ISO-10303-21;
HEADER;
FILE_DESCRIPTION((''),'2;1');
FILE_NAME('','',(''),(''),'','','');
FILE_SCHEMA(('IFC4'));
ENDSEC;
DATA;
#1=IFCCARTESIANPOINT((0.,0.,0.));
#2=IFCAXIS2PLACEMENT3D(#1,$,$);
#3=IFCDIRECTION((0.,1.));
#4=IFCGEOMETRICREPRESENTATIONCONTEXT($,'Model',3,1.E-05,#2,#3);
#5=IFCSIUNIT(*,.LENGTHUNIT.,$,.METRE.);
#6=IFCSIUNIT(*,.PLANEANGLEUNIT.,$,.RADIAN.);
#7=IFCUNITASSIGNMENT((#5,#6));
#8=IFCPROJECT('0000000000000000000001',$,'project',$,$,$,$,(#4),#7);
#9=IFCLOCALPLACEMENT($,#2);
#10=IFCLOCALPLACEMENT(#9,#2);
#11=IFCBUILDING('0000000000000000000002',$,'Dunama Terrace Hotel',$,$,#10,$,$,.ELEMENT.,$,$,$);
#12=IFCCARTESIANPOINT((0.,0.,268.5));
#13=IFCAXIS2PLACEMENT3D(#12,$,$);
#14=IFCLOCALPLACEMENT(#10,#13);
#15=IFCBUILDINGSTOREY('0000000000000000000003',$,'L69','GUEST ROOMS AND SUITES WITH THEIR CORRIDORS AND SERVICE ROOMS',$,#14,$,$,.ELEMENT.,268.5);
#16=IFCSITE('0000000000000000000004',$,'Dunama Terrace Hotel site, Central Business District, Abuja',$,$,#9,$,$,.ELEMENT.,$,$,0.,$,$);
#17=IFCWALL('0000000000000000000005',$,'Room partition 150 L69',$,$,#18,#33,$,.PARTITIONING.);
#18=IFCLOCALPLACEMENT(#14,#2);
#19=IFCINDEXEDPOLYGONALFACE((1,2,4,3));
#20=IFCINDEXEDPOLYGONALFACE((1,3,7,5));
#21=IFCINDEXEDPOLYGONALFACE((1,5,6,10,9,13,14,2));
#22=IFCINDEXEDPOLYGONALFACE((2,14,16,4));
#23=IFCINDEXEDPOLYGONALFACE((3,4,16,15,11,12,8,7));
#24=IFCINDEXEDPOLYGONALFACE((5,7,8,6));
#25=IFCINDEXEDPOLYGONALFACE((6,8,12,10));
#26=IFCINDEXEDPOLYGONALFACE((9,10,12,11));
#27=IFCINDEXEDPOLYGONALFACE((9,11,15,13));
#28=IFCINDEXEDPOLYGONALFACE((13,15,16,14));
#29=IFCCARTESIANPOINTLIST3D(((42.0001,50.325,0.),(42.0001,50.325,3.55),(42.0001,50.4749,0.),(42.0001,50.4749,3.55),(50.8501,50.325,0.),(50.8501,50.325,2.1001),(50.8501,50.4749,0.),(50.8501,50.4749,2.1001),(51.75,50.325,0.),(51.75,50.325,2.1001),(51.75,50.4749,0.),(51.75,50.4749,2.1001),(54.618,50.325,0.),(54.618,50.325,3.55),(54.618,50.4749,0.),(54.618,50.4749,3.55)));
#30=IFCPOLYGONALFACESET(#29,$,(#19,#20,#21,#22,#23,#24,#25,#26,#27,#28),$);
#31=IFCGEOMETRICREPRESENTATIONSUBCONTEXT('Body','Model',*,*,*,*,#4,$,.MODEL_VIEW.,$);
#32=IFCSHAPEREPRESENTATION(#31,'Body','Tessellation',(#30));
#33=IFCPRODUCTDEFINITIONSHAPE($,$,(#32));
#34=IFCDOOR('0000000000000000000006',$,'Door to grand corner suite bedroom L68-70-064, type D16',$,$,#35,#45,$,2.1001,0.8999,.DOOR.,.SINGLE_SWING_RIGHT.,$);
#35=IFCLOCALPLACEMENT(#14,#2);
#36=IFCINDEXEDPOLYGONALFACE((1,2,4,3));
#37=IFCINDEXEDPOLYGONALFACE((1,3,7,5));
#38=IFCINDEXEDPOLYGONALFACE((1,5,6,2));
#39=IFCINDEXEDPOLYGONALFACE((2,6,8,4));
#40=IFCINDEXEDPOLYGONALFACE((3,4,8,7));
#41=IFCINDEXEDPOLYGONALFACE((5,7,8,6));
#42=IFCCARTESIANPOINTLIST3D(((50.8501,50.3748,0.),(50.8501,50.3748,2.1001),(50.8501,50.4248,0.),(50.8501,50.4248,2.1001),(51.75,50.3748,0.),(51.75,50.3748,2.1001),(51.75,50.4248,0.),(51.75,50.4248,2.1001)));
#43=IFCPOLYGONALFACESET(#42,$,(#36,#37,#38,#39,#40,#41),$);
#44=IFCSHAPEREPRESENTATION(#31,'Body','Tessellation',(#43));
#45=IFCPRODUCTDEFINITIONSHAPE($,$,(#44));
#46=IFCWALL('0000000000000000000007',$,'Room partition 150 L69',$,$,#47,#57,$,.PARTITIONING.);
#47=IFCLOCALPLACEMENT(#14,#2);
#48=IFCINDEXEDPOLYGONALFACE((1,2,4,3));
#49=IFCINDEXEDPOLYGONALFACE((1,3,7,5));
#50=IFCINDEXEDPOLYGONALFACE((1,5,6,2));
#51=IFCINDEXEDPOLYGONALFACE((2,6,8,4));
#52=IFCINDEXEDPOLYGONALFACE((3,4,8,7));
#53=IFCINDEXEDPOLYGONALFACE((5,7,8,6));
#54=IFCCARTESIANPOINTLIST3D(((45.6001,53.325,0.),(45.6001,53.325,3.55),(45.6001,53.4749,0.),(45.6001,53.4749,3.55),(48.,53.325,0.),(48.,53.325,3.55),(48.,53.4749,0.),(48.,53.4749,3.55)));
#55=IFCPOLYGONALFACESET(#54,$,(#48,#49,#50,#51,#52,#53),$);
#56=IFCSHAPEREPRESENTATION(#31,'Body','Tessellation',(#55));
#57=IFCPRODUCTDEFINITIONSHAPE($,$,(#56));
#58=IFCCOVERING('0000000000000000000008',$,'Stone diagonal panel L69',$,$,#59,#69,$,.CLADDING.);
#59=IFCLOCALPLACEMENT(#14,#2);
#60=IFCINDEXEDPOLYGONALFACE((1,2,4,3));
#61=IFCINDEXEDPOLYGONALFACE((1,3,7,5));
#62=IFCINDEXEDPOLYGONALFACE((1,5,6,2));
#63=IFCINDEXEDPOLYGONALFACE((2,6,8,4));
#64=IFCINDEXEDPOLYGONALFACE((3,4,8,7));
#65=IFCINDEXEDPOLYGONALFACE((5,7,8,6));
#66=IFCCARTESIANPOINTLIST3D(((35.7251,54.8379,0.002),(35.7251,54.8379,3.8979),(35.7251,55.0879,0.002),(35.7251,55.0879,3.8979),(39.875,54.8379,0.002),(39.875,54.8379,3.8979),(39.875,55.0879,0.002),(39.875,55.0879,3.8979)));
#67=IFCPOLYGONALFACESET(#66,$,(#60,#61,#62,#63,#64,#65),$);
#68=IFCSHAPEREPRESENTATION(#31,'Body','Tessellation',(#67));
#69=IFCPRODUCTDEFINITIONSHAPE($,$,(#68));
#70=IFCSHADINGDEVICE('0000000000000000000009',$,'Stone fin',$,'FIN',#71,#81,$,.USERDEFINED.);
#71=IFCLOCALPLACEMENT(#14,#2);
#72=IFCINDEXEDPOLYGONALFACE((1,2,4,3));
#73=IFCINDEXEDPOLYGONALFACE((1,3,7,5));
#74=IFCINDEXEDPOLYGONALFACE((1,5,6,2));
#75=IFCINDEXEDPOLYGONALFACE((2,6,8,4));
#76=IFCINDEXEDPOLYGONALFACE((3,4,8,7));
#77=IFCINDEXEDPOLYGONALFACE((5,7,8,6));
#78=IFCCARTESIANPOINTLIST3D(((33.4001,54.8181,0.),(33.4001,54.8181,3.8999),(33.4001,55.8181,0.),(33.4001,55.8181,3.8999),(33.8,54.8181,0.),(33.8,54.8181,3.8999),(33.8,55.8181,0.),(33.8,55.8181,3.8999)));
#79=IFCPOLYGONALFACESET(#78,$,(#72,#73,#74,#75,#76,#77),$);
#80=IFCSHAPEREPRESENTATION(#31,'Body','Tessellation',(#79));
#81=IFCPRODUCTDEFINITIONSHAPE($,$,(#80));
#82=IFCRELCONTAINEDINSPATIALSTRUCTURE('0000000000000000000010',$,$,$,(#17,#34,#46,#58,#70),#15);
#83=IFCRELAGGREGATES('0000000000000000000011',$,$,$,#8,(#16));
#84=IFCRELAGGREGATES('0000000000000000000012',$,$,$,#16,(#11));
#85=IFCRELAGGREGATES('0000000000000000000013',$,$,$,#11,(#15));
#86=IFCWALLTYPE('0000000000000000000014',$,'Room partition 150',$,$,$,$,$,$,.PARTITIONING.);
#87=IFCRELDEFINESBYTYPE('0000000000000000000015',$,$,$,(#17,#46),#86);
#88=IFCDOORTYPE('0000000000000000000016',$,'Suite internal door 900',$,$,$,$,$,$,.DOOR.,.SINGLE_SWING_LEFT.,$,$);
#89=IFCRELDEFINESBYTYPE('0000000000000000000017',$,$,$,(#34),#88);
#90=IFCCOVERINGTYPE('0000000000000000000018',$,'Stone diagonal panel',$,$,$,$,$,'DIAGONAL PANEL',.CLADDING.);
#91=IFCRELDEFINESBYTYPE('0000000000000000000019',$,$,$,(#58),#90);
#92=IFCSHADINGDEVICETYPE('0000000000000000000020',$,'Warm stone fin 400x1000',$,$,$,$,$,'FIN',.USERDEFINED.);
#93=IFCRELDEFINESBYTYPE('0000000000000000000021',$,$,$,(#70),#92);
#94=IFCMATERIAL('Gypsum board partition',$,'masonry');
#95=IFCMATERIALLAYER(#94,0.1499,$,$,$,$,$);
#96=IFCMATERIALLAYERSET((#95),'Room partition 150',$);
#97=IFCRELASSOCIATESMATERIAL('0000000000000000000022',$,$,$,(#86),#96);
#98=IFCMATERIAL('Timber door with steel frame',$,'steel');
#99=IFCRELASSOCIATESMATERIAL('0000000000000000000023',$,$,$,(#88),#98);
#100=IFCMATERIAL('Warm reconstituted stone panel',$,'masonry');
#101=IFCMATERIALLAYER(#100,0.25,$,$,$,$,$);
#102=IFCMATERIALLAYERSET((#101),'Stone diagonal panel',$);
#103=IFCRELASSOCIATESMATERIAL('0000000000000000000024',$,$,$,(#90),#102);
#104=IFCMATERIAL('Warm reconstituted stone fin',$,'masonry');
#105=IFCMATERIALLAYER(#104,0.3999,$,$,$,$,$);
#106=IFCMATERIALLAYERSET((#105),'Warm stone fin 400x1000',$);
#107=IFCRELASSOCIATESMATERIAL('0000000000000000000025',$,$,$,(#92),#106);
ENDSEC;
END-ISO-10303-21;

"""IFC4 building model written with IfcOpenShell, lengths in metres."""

from ifc_helpers import new_model, si_unit, direction, frame, frame_2d, origin, origin_2d, place, context, subcontext, project, spatial, rectangle, extrude, material, layer, layer_set, type_object, element, fill, save


model = new_model("IFC4")

# Units and contexts
model_context = context("Model", 3, precision=1e-05, world=origin(), true_north=direction((0.0, 1.0)))
body_context = subcontext(model_context, "Body", "Model", "MODEL_VIEW")
ifc_project = project(units=[si_unit("LENGTHUNIT", "METRE"), si_unit("PLANEANGLEUNIT", "RADIAN")], contexts=[model_context])

# Site, building, storey
site_placement = place(None, origin())
site = spatial("IfcSite", under=ifc_project, at=site_placement, Name="Dunama Terrace Hotel site, Central Business District, Abuja", CompositionType="ELEMENT", RefElevation=0.0)
building_placement = place(site_placement, origin())
building = spatial("IfcBuilding", under=site, at=building_placement, Name="Dunama Terrace Hotel", CompositionType="ELEMENT")
storey_placement = place(building_placement, frame((0.0, 0.0, 268.5)))
storey = spatial("IfcBuildingStorey", under=building, at=storey_placement, Name="L69", Description="GUEST ROOMS AND SUITES WITH THEIR CORRIDORS AND SERVICE ROOMS", CompositionType="ELEMENT", Elevation=268.5)

# Shared definitions
ifc_material_1 = material(Name="Gypsum board partition", Category="masonry")
ifc_layer_1 = layer(ifc_material_1, 0.1499)
ifc_layer_set_1 = layer_set([ifc_layer_1], Name="Room partition 150")
wall_type_1 = type_object("IfcWallType", Name="Room partition 150", PredefinedType="PARTITIONING", material=ifc_layer_set_1)

# Shared definitions
ifc_material_2 = material(Name="Timber door with steel frame", Category="steel")
door_type_1 = type_object("IfcDoorType", Name="Suite internal door 900", OperationType="SINGLE_SWING_LEFT", PredefinedType="DOOR", material=ifc_material_2)

# Wall, opening, door
wall_1_placement = place(storey_placement, frame((42.0, 50.3999, 0.0), z_axis=(0.0, 0.0, 1.0), x_axis=(1.0, 0.0, 0.0)))
wall_1 = element("IfcWall", 1, at=wall_1_placement, inside=storey, type_object=wall_type_1, Name="Room partition 150 L69", PredefinedType="PARTITIONING", context=body_context, shape_type="SweptSolid", body=[
    extrude(rectangle(XDim=12.6179, YDim=0.1499, at=frame_2d((6.3091, 0.0))), origin(), (0.0, 0.0, 1.0), 3.55),
])
opening_1_placement = place(wall_1_placement, frame((8.8501, 0.0, 0.0)))
opening_1 = element("IfcOpeningElement", 2, at=opening_1_placement, cuts=wall_1, PredefinedType="OPENING", context=body_context, shape_type="SweptSolid", body=[
    extrude(rectangle(XDim=0.8999, YDim=2.1001, at=frame_2d((0.45, 1.05))), frame((0.0, 0.085, 0.0), z_axis=(0.0, -1.0, 0.0), x_axis=(1.0, 0.0, 0.0)), (0.0, 0.0, 1.0), 0.1699),
])
door_1_placement = place(opening_1_placement, origin())
door_1 = element("IfcDoor", 3, at=door_1_placement, inside=storey, type_object=door_type_1, Name="Door to grand corner suite bedroom L68-70-064, type D16", OperationType="SINGLE_SWING_RIGHT", OverallHeight=2.1001, OverallWidth=0.8999, PredefinedType="DOOR", context=body_context, shape_type="SweptSolid", body=[
    extrude(rectangle(XDim=0.8999, YDim=2.1001, at=frame_2d((0.45, 1.05))), frame((0.0, 0.0249, 0.0), z_axis=(0.0, -1.0, 0.0), x_axis=(1.0, 0.0, 0.0)), (0.0, 0.0, 1.0), 0.05),
])
fill(opening_1, door_1)

# Wall
wall_2_placement = place(storey_placement, frame((45.6001, 53.3999, 0.0), z_axis=(0.0, 0.0, 1.0), x_axis=(1.0, 0.0, 0.0)))
element("IfcWall", 4, at=wall_2_placement, inside=storey, type_object=wall_type_1, Name="Room partition 150 L69", PredefinedType="PARTITIONING", context=body_context, shape_type="SweptSolid", body=[
    extrude(rectangle(XDim=2.3999, YDim=0.1499, at=frame_2d((1.2, 0.0))), origin(), (0.0, 0.0, 1.0), 3.55),
])

# Covering
ifc_material_3 = material(Name="Warm reconstituted stone panel", Category="masonry")
ifc_layer_2 = layer(ifc_material_3, 0.25)
ifc_layer_set_2 = layer_set([ifc_layer_2], Name="Stone diagonal panel")
covering_type = type_object("IfcCoveringType", Name="Stone diagonal panel", ElementType="DIAGONAL PANEL", PredefinedType="CLADDING", material=ifc_layer_set_2)
covering_placement = place(storey_placement, frame((37.8, 54.9629, 0.002), z_axis=(0.0, 0.0, 1.0), x_axis=(-1.0, 0.0, 0.0)))
element("IfcCovering", 5, at=covering_placement, inside=storey, type_object=covering_type, Name="Stone diagonal panel L69", PredefinedType="CLADDING", context=body_context, shape_type="SweptSolid", body=[
    extrude(rectangle(XDim=4.1499, YDim=0.25, at=origin_2d()), origin(), (0.0, 0.0, 1.0), 3.896),
])

# Shading device
ifc_material_4 = material(Name="Warm reconstituted stone fin", Category="masonry")
ifc_layer_3 = layer(ifc_material_4, 0.3999)
ifc_layer_set_3 = layer_set([ifc_layer_3], Name="Warm stone fin 400x1000")
shading_device_type = type_object("IfcShadingDeviceType", Name="Warm stone fin 400x1000", ElementType="FIN", PredefinedType="USERDEFINED", material=ifc_layer_set_3)
shading_device_placement = place(storey_placement, frame((33.6001, 55.3181, 0.0), z_axis=(0.0, 0.0, 1.0), x_axis=(-1.0, 0.0, 0.0)))
element("IfcShadingDevice", 6, at=shading_device_placement, inside=storey, type_object=shading_device_type, Name="Stone fin", ObjectType="FIN", PredefinedType="USERDEFINED", context=body_context, shape_type="SweptSolid", body=[
    extrude(rectangle(XDim=0.3999, YDim=1.0, at=origin_2d()), origin(), (0.0, 0.0, 1.0), 3.8999),
])

save(model, "model.ifc")
